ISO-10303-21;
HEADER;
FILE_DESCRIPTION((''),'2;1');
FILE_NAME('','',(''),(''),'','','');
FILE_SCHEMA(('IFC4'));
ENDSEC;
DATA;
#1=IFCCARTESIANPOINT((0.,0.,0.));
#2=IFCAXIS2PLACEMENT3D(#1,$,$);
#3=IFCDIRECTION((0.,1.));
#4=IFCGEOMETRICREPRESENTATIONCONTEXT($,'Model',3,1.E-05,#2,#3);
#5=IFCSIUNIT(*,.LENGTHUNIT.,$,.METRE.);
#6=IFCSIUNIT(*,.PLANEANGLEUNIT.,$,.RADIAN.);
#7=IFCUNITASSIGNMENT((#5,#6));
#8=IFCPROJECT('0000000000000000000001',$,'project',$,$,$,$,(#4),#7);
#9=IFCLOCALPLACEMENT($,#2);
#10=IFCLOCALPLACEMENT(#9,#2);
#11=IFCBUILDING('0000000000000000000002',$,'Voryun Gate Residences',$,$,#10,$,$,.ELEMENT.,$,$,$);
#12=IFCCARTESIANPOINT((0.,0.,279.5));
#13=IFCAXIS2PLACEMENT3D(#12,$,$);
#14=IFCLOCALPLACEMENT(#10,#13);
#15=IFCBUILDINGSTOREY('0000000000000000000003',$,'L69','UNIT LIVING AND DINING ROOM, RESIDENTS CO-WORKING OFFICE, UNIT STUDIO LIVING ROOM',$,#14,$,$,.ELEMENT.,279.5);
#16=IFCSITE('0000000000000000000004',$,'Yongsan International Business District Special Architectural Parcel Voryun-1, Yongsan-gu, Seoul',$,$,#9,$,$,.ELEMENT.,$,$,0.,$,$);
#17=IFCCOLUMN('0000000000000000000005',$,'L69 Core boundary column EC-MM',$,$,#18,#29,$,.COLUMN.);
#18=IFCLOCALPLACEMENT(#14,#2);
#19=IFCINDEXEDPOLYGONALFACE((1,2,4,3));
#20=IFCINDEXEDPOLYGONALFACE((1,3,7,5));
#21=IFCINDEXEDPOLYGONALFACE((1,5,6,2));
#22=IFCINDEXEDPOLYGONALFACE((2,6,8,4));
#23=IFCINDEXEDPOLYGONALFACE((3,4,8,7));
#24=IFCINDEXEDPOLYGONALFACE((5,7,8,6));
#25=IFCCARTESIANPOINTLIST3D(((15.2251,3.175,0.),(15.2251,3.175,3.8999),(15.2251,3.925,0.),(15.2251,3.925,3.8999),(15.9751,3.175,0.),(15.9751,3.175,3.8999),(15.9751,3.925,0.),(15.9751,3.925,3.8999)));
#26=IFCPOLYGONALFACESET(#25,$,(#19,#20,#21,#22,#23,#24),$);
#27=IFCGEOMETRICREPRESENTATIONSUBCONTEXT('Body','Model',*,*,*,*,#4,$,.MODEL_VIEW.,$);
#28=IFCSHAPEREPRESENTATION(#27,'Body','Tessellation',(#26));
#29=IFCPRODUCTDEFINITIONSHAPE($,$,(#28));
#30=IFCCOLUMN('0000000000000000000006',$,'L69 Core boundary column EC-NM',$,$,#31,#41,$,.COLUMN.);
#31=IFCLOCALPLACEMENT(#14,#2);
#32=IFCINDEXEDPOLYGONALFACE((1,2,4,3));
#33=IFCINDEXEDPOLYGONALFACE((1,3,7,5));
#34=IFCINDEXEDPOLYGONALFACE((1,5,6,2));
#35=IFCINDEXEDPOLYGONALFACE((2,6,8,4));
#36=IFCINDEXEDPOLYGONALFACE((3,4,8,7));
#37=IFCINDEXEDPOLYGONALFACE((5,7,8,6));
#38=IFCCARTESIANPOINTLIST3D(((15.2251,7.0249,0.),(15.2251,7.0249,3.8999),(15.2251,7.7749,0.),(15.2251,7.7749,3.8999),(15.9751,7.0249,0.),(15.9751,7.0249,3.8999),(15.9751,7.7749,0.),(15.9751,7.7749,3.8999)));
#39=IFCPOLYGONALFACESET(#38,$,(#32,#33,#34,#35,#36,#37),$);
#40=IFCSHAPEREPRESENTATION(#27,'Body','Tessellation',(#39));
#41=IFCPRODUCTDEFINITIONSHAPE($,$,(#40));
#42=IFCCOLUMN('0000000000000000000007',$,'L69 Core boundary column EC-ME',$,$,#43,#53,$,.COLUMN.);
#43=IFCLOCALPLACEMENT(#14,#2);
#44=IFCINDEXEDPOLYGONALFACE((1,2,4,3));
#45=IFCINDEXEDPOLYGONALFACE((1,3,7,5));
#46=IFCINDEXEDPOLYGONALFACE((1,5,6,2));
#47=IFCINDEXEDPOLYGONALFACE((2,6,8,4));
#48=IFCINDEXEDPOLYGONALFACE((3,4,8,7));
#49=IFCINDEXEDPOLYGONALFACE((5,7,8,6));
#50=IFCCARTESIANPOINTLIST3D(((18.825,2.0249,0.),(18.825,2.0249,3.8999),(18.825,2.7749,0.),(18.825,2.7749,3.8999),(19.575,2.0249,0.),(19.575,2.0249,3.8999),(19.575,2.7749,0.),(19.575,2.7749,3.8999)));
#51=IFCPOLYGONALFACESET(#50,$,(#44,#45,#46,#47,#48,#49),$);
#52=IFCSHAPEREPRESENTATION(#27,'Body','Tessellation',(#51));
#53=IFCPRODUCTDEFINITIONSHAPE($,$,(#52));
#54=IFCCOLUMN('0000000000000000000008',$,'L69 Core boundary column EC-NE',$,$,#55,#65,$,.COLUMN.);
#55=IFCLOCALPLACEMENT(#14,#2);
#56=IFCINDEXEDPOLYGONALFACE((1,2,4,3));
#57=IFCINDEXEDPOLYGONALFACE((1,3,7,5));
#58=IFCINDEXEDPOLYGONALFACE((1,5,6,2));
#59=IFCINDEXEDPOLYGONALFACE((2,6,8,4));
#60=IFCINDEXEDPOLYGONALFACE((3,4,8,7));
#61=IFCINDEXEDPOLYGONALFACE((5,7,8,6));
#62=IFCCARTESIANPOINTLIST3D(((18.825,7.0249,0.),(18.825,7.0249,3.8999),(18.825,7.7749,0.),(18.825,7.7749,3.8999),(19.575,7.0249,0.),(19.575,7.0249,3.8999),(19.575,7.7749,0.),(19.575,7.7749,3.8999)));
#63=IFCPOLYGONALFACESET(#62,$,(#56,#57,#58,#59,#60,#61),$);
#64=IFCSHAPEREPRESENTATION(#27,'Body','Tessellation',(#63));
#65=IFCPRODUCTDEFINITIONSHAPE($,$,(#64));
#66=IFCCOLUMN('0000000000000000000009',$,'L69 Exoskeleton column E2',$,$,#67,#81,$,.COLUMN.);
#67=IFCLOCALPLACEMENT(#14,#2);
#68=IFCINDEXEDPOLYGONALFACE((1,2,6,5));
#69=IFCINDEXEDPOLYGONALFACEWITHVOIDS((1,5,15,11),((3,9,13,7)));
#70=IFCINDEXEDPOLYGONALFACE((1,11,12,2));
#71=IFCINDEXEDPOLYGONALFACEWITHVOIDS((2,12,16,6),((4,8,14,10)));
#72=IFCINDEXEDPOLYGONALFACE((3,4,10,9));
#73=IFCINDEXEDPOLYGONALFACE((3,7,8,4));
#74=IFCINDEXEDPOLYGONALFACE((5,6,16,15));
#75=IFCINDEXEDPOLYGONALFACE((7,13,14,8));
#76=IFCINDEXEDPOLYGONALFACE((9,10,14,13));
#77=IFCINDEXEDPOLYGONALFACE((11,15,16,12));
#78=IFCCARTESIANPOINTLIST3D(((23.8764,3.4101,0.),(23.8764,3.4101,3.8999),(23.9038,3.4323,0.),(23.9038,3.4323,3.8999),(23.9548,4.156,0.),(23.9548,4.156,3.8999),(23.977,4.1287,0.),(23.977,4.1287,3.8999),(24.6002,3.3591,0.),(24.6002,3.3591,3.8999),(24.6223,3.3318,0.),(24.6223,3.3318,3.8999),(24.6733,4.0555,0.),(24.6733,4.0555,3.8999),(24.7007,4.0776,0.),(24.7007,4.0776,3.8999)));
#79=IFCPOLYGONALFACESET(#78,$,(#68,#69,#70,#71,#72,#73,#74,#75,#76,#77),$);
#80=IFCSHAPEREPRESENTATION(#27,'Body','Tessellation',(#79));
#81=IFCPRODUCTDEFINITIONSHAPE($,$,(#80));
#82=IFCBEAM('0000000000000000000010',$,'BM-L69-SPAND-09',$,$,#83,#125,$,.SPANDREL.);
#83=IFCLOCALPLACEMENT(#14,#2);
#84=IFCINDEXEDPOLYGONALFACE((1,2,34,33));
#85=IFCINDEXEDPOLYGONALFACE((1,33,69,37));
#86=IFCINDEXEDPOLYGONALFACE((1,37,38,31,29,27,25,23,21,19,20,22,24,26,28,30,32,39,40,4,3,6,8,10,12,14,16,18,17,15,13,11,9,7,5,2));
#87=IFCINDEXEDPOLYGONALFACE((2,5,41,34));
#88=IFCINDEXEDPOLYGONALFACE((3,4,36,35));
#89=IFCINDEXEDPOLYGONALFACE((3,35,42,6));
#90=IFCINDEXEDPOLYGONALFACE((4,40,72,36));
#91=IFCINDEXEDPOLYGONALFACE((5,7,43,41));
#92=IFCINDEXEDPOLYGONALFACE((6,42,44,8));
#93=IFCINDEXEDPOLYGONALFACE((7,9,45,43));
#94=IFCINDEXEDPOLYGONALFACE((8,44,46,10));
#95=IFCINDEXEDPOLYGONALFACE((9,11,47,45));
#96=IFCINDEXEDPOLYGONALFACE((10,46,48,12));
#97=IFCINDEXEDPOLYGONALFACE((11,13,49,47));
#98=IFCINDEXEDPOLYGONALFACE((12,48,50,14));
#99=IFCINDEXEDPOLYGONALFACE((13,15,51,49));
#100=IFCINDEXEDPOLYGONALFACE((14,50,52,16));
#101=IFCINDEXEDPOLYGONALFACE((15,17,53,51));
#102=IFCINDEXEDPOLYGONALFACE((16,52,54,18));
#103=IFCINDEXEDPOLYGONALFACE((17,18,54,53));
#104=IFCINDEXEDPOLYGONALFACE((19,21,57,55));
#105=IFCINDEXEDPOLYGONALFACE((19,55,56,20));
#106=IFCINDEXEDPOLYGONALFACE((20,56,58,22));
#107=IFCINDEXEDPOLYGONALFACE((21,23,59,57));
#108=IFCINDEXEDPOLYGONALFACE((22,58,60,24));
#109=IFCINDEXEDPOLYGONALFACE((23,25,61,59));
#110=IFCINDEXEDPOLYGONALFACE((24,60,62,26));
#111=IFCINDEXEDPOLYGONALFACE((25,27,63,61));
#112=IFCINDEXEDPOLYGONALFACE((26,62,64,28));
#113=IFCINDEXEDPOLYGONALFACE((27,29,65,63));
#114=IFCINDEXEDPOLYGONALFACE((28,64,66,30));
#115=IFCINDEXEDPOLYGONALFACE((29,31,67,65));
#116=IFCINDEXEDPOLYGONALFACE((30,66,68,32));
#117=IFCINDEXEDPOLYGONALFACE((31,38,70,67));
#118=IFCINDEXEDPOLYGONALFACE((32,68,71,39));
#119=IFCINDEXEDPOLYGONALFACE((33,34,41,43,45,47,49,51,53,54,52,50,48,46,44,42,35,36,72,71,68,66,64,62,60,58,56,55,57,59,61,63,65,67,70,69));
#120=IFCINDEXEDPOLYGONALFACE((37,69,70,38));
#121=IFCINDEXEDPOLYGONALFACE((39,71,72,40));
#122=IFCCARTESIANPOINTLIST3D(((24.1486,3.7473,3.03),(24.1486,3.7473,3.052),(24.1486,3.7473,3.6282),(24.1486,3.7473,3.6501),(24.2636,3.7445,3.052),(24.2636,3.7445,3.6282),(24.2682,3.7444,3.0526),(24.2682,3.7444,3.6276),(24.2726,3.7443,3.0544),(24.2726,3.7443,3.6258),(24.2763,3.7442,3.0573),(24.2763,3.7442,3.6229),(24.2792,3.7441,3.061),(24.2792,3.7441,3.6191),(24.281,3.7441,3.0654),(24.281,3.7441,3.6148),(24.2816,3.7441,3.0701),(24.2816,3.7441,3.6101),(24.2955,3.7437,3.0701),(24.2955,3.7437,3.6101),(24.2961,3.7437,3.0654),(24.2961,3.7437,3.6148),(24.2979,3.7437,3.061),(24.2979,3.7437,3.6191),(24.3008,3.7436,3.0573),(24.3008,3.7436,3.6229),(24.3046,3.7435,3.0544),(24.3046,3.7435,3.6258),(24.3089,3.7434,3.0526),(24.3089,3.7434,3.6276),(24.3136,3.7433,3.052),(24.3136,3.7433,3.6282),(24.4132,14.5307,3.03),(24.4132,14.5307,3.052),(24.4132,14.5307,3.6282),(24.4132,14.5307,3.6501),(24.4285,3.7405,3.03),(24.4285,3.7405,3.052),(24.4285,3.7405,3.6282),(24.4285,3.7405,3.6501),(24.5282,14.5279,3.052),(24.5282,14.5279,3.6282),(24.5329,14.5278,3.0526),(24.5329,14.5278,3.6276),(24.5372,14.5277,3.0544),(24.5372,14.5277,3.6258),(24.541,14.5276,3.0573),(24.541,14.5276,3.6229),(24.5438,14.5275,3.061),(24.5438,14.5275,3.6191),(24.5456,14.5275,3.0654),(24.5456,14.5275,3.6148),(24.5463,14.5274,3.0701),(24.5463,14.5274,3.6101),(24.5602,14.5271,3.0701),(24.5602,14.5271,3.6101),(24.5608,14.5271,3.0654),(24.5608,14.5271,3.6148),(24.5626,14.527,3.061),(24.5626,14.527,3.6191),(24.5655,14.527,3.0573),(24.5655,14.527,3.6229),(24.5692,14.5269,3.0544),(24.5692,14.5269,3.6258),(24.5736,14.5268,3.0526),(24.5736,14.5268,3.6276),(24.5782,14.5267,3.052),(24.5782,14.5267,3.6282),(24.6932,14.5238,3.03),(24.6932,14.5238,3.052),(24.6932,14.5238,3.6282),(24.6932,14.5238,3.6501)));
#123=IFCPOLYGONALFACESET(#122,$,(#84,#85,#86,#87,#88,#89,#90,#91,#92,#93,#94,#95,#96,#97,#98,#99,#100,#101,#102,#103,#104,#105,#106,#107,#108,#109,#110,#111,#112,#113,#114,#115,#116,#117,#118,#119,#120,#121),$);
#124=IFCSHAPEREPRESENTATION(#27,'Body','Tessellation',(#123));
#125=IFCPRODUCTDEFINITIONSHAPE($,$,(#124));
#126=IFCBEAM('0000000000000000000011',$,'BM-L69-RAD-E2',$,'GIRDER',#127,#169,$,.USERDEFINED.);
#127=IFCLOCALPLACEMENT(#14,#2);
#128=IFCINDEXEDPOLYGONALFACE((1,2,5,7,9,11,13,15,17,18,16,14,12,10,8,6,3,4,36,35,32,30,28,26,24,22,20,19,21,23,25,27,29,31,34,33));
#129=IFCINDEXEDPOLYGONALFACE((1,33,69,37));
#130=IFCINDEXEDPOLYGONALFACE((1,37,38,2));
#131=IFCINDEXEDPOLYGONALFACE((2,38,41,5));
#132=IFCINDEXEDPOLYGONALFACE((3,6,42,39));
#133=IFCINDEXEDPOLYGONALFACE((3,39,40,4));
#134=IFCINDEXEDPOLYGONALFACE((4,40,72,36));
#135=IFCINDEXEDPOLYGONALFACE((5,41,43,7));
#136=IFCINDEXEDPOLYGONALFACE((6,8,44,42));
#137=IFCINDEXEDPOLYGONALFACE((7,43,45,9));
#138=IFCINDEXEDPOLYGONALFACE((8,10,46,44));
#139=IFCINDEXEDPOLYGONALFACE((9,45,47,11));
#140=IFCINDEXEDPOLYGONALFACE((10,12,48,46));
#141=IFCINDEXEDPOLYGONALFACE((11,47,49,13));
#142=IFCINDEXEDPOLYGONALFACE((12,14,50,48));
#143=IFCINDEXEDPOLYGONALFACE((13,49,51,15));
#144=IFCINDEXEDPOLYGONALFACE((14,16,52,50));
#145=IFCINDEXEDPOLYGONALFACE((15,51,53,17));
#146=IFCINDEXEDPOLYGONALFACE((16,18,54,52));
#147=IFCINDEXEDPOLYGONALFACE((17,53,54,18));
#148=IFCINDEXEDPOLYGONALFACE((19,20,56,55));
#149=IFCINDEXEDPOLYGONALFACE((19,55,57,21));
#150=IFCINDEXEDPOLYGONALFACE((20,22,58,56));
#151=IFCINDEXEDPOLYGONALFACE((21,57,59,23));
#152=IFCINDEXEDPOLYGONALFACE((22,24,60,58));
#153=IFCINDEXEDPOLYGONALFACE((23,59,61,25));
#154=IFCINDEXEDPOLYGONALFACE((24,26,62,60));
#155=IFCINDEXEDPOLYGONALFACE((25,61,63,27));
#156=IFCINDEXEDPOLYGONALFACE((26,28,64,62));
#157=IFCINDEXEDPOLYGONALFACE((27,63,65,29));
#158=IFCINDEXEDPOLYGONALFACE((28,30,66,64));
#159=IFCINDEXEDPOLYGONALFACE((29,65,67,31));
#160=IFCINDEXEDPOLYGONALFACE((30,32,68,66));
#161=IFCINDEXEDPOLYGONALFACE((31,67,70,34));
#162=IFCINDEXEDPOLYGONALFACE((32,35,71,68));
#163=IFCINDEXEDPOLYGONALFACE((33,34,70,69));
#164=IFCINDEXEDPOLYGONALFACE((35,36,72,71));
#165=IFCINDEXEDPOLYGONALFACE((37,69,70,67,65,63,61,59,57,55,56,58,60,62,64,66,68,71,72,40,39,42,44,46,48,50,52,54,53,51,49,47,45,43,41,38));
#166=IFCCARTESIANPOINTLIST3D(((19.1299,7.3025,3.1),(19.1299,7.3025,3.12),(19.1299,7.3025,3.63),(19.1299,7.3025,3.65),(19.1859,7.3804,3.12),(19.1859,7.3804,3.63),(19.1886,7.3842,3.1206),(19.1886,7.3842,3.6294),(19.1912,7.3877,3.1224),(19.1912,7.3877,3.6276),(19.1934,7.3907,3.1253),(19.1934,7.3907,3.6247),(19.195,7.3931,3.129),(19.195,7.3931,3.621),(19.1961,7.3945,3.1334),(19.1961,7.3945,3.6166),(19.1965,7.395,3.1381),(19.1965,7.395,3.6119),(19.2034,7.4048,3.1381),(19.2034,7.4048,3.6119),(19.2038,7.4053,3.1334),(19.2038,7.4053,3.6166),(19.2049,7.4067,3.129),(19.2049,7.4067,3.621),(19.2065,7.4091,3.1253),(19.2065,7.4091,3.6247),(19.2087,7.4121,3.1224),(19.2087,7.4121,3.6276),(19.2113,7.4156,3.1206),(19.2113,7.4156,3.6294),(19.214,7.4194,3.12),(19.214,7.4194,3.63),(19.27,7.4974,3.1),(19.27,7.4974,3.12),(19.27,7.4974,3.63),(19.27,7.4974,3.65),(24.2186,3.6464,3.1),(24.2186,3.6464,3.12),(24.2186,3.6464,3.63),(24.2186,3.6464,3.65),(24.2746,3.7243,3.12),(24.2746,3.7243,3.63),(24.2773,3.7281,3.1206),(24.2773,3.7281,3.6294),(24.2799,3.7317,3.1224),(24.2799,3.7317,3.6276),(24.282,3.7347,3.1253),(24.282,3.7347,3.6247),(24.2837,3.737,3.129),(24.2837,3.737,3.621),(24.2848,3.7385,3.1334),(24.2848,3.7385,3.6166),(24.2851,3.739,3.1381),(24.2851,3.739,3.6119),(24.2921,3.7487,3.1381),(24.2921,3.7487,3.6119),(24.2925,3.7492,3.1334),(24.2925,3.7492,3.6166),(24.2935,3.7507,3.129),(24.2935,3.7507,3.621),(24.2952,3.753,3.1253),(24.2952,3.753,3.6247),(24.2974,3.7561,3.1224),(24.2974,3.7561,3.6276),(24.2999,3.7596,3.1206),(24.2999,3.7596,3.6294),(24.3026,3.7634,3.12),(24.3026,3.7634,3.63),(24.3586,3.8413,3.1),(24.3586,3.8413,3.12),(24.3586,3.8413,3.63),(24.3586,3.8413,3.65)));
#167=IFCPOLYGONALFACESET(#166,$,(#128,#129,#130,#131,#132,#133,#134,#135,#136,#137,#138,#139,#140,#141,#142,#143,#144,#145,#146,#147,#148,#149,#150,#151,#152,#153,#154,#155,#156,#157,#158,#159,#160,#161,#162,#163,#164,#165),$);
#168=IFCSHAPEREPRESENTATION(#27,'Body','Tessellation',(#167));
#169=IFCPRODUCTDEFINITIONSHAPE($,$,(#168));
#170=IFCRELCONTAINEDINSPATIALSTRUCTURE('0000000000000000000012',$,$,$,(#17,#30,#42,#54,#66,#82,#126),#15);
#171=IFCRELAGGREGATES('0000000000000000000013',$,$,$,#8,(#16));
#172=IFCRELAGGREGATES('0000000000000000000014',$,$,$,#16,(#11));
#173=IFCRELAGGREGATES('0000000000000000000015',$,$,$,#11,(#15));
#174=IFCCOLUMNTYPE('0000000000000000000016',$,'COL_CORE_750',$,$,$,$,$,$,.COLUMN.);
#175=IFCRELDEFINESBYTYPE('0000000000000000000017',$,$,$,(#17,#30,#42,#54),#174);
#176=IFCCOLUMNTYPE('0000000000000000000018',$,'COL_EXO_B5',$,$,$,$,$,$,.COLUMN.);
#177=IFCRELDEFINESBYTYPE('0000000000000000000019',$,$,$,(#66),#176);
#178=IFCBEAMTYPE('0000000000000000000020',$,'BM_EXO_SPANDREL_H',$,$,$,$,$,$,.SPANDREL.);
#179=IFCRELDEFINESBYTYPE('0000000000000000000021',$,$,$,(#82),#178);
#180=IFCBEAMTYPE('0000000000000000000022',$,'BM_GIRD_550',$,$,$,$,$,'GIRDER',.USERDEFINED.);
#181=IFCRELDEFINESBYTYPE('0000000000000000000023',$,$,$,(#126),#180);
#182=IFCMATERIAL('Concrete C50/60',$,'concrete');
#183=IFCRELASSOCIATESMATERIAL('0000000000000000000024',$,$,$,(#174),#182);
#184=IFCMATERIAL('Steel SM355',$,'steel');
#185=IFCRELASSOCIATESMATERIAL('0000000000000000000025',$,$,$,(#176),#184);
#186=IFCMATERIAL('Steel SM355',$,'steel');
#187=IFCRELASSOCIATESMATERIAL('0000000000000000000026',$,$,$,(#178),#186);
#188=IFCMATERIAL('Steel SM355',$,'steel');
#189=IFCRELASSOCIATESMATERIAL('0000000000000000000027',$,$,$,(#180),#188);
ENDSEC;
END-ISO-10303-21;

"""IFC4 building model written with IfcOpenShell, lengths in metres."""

from ifc_helpers import new_model, si_unit, direction, frame, origin, origin_2d, place, context, subcontext, project, spatial, rectangle, hollow_rectangle, i_section, extrude, material, material_profile, profile_set, type_object, element, save


model = new_model("IFC4")

# Units and contexts
model_context = context("Model", 3, precision=1e-05, world=origin(), true_north=direction((0.0, 1.0)))
body_context = subcontext(model_context, "Body", "Model", "MODEL_VIEW")
ifc_project = project(units=[si_unit("LENGTHUNIT", "METRE"), si_unit("PLANEANGLEUNIT", "RADIAN")], contexts=[model_context])

# Site, building, storey
site_placement = place(None, origin())
site = spatial("IfcSite", under=ifc_project, at=site_placement, Name="Yongsan International Business District Special Architectural Parcel Voryun-1, Yongsan-gu, Seoul", CompositionType="ELEMENT", RefElevation=0.0)
building_placement = place(site_placement, origin())
building = spatial("IfcBuilding", under=site, at=building_placement, Name="Voryun Gate Residences", CompositionType="ELEMENT")
storey_placement = place(building_placement, frame((0.0, 0.0, 279.5)))
storey = spatial("IfcBuildingStorey", under=building, at=storey_placement, Name="L69", Description="UNIT LIVING AND DINING ROOM, RESIDENTS CO-WORKING OFFICE, UNIT STUDIO LIVING ROOM", CompositionType="ELEMENT", Elevation=279.5)

# Columns
ifc_material_1 = material(Name="Concrete C50/60", Category="concrete")
ifc_material_profile_1 = material_profile(ifc_material_1, rectangle(XDim=0.75, YDim=0.75, at=origin_2d()), Name="RC-750x750")
ifc_profile_set_1 = profile_set([ifc_material_profile_1], Name="Concrete C50/60")
column_type_1 = type_object("IfcColumnType", Name="COL_CORE_750", PredefinedType="COLUMN", material=ifc_profile_set_1)
for number, where, z_axis, x_axis, name in (
    (1, (15.6001, 3.55, 0.0), (0.0, 0.0, 1.0), (1.0, 0.0, 0.0), "L69 Core boundary column EC-MM"),
    (2, (15.6001, 7.3999, 0.0), (0.0, 0.0, 1.0), (1.0, 0.0, 0.0), "L69 Core boundary column EC-NM"),
    (3, (19.2, 2.3999, 0.0), (0.0, 0.0, 1.0), (1.0, 0.0, 0.0), "L69 Core boundary column EC-ME"),
    (4, (19.2, 7.3999, 0.0), (0.0, 0.0, 1.0), (1.0, 0.0, 0.0), "L69 Core boundary column EC-NE"),
):
    element("IfcColumn", number, at=place(storey_placement, frame(where, z_axis=z_axis, x_axis=x_axis)), inside=storey, type_object=column_type_1, Name=name, PredefinedType="COLUMN", context=body_context, shape_type="SweptSolid", body=[
        extrude(rectangle(XDim=0.75, YDim=0.75, at=origin_2d()), origin(), (0.0, 0.0, 1.0), 3.8999),
    ])
ifc_material_2 = material(Name="Steel SM355", Category="steel")
ifc_material_profile_2 = material_profile(ifc_material_2, hollow_rectangle(XDim=0.75, YDim=0.75, WallThickness=0.0249, at=origin_2d()), Name="BOX-750x750x25")
ifc_profile_set_2 = profile_set([ifc_material_profile_2], Name="Steel SM355")
column_type_2 = type_object("IfcColumnType", Name="COL_EXO_B5", PredefinedType="COLUMN", material=ifc_profile_set_2)
column_placement = place(storey_placement, frame((24.2886, 3.7439, 0.0), z_axis=(0.0, 0.0, 1.0), x_axis=(0.994522, -0.104528, 0.0)))
element("IfcColumn", 5, at=column_placement, inside=storey, type_object=column_type_2, Name="L69 Exoskeleton column E2", PredefinedType="COLUMN", context=body_context, shape_type="SweptSolid", body=[
    extrude(hollow_rectangle(XDim=0.75, YDim=0.75, WallThickness=0.0249, at=origin_2d()), origin(), (0.0, 0.0, 1.0), 3.8999),
])

# Beams
ifc_material_3 = material(Name="Steel SM355", Category="steel")
ifc_material_profile_3 = material_profile(ifc_material_3, i_section(OverallWidth=0.28, OverallDepth=0.6201, WebThickness=0.0139, FlangeThickness=0.022, FilletRadius=0.0181, at=origin_2d()), Name="H-620x280x14x22")
ifc_profile_set_3 = profile_set([ifc_material_profile_3], Name="Steel SM355")
beam_type_1 = type_object("IfcBeamType", Name="BM_EXO_SPANDREL_H", PredefinedType="SPANDREL", material=ifc_profile_set_3)
beam_1_placement = place(storey_placement, frame((24.2886, 3.7439, 3.3401), z_axis=(0.024535, 0.999699, 0.0), x_axis=(-0.999699, 0.024535, 0.0)))
element("IfcBeam", 6, at=beam_1_placement, inside=storey, type_object=beam_type_1, Name="BM-L69-SPAND-09", PredefinedType="SPANDREL", context=body_context, shape_type="SweptSolid", body=[
    extrude(i_section(OverallWidth=0.28, OverallDepth=0.6201, WebThickness=0.0139, FlangeThickness=0.022, FilletRadius=0.0181, at=origin_2d()), origin(), (0.0, 0.0, 1.0), 10.7866),
])
ifc_material_4 = material(Name="Steel SM355", Category="steel")
ifc_material_profile_4 = material_profile(ifc_material_4, i_section(OverallWidth=0.24, OverallDepth=0.55, WebThickness=0.012, FlangeThickness=0.02, FilletRadius=0.0181, at=origin_2d()), Name="H-550x240x12x20")
ifc_profile_set_4 = profile_set([ifc_material_profile_4], Name="Steel SM355")
beam_type_2 = type_object("IfcBeamType", Name="BM_GIRD_550", ElementType="GIRDER", PredefinedType="USERDEFINED", material=ifc_profile_set_4)
beam_2_placement = place(storey_placement, frame((19.2, 7.3999, 3.375), z_axis=(0.812124, -0.583484, 0.0), x_axis=(0.583484, 0.812124, 0.0)))
element("IfcBeam", 7, at=beam_2_placement, inside=storey, type_object=beam_type_2, Name="BM-L69-RAD-E2", ObjectType="GIRDER", PredefinedType="USERDEFINED", context=body_context, shape_type="SweptSolid", body=[
    extrude(i_section(OverallWidth=0.24, OverallDepth=0.55, WebThickness=0.012, FlangeThickness=0.02, FilletRadius=0.0181, at=origin_2d()), origin(), (0.0, 0.0, 1.0), 6.2659),
])

save(model, "model.ifc")
